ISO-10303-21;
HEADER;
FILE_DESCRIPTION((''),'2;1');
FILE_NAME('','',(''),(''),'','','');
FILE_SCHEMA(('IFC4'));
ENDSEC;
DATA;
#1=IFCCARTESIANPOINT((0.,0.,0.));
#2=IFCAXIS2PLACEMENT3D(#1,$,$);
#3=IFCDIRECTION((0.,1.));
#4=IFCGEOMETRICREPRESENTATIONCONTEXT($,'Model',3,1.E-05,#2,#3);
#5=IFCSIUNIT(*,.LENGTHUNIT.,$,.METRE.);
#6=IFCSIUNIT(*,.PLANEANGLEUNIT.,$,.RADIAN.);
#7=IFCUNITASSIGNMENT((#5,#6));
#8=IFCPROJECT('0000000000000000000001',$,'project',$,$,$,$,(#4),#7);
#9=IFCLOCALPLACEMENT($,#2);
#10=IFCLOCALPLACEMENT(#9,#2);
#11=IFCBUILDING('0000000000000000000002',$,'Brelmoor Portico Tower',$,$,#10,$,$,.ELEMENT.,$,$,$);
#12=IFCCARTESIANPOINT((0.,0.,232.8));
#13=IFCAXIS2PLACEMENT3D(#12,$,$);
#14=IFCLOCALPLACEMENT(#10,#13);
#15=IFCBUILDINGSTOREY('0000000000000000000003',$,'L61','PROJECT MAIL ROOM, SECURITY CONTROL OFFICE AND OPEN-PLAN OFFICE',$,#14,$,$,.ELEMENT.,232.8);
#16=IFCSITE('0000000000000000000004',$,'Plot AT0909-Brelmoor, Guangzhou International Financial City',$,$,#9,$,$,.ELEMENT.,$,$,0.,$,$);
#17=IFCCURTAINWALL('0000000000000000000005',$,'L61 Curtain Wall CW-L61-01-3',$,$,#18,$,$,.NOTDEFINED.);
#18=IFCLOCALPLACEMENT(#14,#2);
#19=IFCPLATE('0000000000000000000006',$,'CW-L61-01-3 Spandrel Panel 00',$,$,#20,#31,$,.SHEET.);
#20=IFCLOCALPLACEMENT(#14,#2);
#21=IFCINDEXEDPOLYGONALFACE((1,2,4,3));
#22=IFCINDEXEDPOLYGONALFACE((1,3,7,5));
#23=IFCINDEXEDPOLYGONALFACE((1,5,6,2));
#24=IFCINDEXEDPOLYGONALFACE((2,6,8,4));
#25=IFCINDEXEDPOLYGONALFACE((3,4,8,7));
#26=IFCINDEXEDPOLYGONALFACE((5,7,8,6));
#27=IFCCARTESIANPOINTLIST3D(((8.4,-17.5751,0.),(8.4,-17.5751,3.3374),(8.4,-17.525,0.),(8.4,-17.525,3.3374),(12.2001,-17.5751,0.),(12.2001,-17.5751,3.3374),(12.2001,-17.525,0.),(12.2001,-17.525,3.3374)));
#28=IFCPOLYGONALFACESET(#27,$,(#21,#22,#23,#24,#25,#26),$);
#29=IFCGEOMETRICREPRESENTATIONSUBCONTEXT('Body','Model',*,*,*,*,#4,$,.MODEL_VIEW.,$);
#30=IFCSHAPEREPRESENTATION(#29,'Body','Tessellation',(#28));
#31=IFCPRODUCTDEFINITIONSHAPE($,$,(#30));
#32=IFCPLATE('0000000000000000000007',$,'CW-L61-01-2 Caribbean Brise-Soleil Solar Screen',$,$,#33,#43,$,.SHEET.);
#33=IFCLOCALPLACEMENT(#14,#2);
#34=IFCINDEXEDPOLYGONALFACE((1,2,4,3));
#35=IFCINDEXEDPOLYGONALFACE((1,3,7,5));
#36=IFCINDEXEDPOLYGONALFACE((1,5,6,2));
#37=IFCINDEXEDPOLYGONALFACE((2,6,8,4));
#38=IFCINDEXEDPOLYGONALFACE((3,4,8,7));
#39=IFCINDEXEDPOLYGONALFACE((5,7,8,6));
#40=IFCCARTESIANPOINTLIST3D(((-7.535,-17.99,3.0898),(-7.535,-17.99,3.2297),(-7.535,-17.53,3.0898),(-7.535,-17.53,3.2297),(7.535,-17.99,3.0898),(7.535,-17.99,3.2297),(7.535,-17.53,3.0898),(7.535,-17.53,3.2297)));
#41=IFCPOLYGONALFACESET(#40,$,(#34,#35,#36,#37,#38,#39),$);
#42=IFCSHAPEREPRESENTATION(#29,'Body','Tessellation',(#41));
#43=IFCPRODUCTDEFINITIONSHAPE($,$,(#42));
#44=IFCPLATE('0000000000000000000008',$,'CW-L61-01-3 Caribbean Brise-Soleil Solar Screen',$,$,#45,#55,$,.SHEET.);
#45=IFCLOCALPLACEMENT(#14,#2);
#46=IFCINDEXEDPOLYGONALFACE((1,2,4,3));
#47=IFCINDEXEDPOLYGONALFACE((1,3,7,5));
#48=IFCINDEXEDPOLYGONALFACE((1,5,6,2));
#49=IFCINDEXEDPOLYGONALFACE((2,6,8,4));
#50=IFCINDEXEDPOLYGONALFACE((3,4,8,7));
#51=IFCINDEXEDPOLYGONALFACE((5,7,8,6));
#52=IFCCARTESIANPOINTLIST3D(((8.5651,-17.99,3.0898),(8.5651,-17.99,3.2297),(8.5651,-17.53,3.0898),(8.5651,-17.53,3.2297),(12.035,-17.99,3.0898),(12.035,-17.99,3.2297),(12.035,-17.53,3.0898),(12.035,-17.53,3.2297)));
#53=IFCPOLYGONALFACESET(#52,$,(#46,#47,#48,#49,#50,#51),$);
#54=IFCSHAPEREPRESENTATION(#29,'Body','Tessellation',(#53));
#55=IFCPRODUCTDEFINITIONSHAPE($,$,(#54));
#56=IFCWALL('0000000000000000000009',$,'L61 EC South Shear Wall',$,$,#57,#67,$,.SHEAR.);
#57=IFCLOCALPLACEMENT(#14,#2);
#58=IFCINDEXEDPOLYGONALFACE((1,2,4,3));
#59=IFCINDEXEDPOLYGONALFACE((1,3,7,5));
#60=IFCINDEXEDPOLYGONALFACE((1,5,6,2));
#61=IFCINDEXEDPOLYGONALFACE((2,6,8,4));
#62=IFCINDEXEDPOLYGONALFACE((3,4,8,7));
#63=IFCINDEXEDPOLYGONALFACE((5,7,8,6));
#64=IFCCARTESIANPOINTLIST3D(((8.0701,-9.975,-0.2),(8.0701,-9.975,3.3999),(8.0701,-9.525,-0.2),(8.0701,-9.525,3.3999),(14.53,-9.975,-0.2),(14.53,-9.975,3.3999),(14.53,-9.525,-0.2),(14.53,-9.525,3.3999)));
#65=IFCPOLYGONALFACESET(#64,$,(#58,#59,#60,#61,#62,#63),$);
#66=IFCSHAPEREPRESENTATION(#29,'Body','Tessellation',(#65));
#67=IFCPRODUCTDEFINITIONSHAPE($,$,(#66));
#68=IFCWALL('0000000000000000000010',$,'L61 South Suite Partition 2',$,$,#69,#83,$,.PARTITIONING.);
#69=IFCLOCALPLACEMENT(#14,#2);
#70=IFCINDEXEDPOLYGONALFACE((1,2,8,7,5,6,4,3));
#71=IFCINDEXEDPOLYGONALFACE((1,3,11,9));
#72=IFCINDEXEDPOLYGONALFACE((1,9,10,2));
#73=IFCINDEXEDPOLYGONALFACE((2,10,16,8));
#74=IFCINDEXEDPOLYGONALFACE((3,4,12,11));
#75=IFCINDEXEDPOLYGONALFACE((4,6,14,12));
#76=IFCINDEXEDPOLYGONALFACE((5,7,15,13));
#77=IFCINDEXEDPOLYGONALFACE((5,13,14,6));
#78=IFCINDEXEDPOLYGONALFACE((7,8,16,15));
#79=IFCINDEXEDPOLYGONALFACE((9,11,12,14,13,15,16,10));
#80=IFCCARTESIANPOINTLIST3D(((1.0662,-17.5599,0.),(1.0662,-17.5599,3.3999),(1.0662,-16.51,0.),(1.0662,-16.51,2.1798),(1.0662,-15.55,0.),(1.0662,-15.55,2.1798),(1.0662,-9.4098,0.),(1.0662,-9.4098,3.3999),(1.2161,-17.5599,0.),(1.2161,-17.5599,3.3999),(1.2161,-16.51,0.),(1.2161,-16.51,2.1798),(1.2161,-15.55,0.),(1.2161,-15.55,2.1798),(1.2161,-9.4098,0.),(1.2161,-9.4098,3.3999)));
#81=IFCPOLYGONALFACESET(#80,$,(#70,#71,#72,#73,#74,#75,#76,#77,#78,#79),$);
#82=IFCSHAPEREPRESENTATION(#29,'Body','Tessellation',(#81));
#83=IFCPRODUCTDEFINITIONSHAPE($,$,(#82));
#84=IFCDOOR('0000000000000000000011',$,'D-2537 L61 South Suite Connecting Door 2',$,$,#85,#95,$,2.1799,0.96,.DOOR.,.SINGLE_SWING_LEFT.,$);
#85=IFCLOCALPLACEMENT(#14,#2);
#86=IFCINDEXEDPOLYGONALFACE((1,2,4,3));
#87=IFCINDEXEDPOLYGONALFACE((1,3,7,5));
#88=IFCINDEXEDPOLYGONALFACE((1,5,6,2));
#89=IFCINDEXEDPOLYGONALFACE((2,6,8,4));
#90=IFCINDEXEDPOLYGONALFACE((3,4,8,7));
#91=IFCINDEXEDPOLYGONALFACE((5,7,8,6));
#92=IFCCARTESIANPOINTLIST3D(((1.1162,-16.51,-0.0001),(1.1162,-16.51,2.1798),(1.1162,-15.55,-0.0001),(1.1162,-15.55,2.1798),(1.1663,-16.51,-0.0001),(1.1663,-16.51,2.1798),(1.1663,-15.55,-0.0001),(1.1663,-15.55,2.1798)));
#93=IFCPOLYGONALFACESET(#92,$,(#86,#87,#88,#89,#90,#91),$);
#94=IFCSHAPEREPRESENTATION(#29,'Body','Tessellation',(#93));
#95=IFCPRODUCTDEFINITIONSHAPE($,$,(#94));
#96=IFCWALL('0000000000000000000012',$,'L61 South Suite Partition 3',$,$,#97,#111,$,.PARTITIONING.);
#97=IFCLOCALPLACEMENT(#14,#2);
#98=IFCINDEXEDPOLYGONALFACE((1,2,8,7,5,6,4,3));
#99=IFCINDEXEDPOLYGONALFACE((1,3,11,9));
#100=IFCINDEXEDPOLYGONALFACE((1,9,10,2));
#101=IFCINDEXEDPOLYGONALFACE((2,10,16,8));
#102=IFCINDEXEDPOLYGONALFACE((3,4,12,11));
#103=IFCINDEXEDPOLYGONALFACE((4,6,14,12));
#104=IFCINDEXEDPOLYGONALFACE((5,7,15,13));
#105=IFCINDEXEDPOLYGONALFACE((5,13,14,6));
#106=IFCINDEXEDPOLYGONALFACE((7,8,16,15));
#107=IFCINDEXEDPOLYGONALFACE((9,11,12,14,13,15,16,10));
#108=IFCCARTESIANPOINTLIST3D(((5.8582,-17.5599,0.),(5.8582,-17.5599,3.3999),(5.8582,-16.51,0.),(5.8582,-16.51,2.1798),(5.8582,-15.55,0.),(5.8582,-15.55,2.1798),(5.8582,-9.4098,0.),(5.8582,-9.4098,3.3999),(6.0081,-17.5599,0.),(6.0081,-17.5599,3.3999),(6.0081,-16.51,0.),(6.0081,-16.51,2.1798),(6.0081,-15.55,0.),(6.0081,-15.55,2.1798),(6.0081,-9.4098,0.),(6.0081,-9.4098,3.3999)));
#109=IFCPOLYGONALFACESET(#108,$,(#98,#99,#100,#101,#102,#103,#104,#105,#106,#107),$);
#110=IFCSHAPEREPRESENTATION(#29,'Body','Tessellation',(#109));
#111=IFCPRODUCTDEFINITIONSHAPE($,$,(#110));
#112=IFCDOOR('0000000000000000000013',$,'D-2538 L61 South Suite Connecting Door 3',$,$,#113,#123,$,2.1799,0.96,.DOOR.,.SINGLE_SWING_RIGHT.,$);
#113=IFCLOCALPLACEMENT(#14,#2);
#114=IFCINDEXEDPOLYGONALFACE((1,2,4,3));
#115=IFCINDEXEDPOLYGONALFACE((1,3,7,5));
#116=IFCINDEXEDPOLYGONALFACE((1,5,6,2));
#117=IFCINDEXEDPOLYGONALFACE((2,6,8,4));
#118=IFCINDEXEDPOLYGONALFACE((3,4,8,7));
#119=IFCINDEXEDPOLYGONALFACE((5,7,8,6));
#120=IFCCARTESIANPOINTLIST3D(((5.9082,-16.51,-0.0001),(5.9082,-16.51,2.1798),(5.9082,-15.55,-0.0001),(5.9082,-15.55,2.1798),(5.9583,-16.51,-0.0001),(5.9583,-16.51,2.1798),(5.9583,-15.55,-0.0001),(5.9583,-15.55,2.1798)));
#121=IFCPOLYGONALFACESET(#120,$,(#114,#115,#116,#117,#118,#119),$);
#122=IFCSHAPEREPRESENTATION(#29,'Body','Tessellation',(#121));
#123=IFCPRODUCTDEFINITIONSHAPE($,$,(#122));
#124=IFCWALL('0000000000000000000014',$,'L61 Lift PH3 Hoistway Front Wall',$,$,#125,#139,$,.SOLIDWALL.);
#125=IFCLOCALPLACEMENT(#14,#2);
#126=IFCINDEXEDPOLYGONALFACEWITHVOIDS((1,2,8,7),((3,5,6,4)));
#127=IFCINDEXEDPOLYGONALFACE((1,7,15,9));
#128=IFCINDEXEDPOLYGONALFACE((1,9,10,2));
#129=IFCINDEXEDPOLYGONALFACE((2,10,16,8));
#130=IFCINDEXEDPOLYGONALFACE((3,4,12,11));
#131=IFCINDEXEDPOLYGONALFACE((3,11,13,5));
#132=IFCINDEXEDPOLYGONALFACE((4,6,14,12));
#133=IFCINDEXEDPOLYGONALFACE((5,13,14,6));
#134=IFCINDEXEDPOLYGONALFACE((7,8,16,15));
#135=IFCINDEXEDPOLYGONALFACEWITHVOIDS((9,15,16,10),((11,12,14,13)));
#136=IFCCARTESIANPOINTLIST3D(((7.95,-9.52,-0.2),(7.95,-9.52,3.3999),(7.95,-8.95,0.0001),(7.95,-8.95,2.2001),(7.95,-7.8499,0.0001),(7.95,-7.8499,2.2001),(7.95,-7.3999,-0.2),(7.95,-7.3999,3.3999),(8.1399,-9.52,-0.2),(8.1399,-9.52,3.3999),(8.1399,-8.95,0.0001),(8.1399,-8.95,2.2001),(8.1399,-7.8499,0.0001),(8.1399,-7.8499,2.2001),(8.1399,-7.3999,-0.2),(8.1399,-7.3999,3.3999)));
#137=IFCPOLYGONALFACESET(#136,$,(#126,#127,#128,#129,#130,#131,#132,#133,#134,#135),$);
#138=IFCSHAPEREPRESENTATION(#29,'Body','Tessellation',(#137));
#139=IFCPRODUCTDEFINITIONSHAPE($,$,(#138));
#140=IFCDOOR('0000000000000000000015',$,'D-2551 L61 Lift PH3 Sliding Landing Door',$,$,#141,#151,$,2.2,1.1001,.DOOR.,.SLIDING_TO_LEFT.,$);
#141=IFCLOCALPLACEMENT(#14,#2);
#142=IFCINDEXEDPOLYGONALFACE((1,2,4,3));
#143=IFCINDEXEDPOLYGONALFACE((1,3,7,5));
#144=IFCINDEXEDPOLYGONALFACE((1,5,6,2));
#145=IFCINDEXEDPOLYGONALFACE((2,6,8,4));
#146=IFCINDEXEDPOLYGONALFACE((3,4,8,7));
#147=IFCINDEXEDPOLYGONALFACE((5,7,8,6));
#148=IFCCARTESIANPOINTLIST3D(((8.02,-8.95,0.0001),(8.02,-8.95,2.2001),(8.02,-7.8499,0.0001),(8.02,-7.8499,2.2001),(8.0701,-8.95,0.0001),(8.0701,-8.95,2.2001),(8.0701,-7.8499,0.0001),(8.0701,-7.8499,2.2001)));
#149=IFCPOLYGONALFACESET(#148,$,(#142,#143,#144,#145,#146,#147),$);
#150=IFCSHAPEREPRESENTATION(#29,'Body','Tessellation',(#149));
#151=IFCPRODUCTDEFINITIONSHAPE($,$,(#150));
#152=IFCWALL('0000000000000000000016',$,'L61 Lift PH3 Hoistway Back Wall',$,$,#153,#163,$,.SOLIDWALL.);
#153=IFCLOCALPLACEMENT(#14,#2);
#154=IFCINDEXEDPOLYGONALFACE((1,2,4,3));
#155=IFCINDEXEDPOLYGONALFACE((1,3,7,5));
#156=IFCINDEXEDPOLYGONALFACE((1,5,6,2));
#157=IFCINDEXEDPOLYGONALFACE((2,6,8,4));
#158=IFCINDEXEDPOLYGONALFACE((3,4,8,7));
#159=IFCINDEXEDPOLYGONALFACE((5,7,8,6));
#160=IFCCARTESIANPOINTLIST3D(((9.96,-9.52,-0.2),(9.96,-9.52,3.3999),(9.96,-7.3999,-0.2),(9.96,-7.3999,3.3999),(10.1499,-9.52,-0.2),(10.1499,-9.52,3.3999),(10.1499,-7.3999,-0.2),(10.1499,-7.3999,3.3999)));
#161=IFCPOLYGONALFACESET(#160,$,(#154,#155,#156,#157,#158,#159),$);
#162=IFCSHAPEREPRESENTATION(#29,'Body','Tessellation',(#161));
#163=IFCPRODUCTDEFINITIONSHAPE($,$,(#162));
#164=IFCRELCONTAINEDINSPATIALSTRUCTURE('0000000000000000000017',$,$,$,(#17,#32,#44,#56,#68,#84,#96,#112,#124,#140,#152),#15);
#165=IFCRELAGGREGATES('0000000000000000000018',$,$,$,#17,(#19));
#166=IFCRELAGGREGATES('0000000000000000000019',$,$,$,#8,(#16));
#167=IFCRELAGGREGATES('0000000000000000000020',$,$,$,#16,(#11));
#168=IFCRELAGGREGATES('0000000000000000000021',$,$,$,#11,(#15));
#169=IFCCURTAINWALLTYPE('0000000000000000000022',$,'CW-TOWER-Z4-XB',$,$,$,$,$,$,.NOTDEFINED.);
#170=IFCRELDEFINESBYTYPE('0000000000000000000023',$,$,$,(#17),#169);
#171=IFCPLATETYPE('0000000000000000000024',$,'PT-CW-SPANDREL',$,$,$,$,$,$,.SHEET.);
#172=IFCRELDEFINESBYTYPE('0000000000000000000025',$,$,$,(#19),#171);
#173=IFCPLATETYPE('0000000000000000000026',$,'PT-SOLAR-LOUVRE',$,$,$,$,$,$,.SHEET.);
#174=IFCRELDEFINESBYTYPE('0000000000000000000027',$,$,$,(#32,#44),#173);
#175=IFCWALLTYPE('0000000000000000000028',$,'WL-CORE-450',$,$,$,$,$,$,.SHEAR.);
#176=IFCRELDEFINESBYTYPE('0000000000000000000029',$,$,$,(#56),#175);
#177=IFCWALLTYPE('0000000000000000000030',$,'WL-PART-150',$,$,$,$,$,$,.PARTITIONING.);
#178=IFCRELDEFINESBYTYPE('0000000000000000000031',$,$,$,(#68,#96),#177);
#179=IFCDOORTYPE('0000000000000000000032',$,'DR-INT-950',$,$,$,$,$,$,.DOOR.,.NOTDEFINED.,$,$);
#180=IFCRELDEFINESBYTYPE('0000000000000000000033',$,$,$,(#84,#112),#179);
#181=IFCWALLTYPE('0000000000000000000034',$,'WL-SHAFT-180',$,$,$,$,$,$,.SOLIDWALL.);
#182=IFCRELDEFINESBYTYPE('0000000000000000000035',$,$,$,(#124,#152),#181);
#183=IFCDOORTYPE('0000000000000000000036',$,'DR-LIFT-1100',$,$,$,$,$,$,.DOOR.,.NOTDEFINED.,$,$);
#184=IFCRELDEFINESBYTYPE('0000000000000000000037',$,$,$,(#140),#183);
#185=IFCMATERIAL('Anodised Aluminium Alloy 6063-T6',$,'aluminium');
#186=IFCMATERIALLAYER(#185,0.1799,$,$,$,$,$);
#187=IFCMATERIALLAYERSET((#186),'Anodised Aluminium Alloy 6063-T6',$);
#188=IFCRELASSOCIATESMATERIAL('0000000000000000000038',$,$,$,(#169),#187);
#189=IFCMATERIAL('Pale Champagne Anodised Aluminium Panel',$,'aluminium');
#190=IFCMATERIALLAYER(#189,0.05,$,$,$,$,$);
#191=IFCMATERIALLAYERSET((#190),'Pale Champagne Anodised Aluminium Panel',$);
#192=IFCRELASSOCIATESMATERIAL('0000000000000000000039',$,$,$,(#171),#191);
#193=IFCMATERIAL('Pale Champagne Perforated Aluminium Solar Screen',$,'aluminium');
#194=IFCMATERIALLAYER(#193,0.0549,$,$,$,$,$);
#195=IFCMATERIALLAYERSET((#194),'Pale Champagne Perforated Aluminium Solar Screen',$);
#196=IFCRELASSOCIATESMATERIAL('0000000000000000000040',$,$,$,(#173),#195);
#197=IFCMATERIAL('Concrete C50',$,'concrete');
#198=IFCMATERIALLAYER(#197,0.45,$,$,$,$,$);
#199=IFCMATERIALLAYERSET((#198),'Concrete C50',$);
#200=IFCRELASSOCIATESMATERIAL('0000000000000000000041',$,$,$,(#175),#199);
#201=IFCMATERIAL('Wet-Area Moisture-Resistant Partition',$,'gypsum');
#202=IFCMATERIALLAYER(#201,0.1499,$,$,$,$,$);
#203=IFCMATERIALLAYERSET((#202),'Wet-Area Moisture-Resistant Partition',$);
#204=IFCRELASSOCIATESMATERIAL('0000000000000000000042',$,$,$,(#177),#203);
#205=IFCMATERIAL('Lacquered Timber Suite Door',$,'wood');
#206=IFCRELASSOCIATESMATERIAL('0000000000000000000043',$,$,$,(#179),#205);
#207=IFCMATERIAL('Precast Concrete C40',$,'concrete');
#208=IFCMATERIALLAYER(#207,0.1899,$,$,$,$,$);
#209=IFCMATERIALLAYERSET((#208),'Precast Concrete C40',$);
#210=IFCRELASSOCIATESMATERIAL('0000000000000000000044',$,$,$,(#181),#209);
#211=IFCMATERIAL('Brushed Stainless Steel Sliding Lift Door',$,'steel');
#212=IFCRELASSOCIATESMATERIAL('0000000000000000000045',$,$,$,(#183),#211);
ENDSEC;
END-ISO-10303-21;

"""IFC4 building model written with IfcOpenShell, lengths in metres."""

from ifc_helpers import new_model, si_unit, direction, frame, frame_2d, origin, origin_2d, place, context, subcontext, project, spatial, rectangle, extrude, material, layer, layer_set, type_object, element, fill, aggregate, save


model = new_model("IFC4")

# Units and contexts
model_context = context("Model", 3, precision=1e-05, world=origin(), true_north=direction((0.0, 1.0)))
body_context = subcontext(model_context, "Body", "Model", "MODEL_VIEW")
ifc_project = project(units=[si_unit("LENGTHUNIT", "METRE"), si_unit("PLANEANGLEUNIT", "RADIAN")], contexts=[model_context])

# Site, building, storey
site_placement = place(None, origin())
site = spatial("IfcSite", under=ifc_project, at=site_placement, Name="Plot AT0909-Brelmoor, Guangzhou International Financial City", CompositionType="ELEMENT", RefElevation=0.0)
building_placement = place(site_placement, origin())
building = spatial("IfcBuilding", under=site, at=building_placement, Name="Brelmoor Portico Tower", CompositionType="ELEMENT")
storey_placement = place(building_placement, frame((0.0, 0.0, 232.8)))
storey = spatial("IfcBuildingStorey", under=building, at=storey_placement, Name="L61", Description="PROJECT MAIL ROOM, SECURITY CONTROL OFFICE AND OPEN-PLAN OFFICE", CompositionType="ELEMENT", Elevation=232.8)

# Shared definitions
ifc_material_1 = material(Name="Anodised Aluminium Alloy 6063-T6", Category="aluminium")
ifc_layer_1 = layer(ifc_material_1, 0.1799)
ifc_layer_set_1 = layer_set([ifc_layer_1], Name="Anodised Aluminium Alloy 6063-T6")
curtain_wall_type = type_object("IfcCurtainWallType", Name="CW-TOWER-Z4-XB", PredefinedType="NOTDEFINED", material=ifc_layer_set_1)

# Curtain wall
curtain_wall_1_placement = place(storey_placement, origin())
curtain_wall_1 = element("IfcCurtainWall", 1, at=curtain_wall_1_placement, inside=storey, type_object=curtain_wall_type, Name="L61 Curtain Wall CW-L61-01-3", PredefinedType="NOTDEFINED")

# Plate
ifc_material_2 = material(Name="Pale Champagne Anodised Aluminium Panel", Category="aluminium")
ifc_layer_2 = layer(ifc_material_2, 0.05)
ifc_layer_set_2 = layer_set([ifc_layer_2], Name="Pale Champagne Anodised Aluminium Panel")
plate_type_1 = type_object("IfcPlateType", Name="PT-CW-SPANDREL", PredefinedType="SHEET", material=ifc_layer_set_2)
plate_1_placement = place(storey_placement, frame((10.3, -17.55, 0.0), z_axis=(0.0, 0.0, 1.0), x_axis=(1.0, 0.0, 0.0)))
plate_1 = element("IfcPlate", 2, at=plate_1_placement, type_object=plate_type_1, Name="CW-L61-01-3 Spandrel Panel 00", PredefinedType="SHEET", context=body_context, shape_type="SweptSolid", body=[
    extrude(rectangle(XDim=3.8, YDim=0.05, at=origin_2d()), origin(), (0.0, 0.0, 1.0), 3.3374),
])
aggregate(curtain_wall_1, [plate_1])

# Plates
ifc_material_3 = material(Name="Pale Champagne Perforated Aluminium Solar Screen", Category="aluminium")
ifc_layer_3 = layer(ifc_material_3, 0.0549)
ifc_layer_set_3 = layer_set([ifc_layer_3], Name="Pale Champagne Perforated Aluminium Solar Screen")
plate_type_2 = type_object("IfcPlateType", Name="PT-SOLAR-LOUVRE", PredefinedType="SHEET", material=ifc_layer_set_3)
plate_2_placement = place(storey_placement, frame((0.0, -17.76, 3.0898), z_axis=(0.0, 0.0, 1.0), x_axis=(1.0, 0.0, 0.0)))
element("IfcPlate", 3, at=plate_2_placement, inside=storey, type_object=plate_type_2, Name="CW-L61-01-2 Caribbean Brise-Soleil Solar Screen", PredefinedType="SHEET", context=body_context, shape_type="SweptSolid", body=[
    extrude(rectangle(XDim=15.0701, YDim=0.46, at=origin_2d()), origin(), (0.0, 0.0, 1.0), 0.1399),
])
plate_3_placement = place(storey_placement, frame((10.3, -17.76, 3.0898), z_axis=(0.0, 0.0, 1.0), x_axis=(1.0, 0.0, 0.0)))
element("IfcPlate", 4, at=plate_3_placement, inside=storey, type_object=plate_type_2, Name="CW-L61-01-3 Caribbean Brise-Soleil Solar Screen", PredefinedType="SHEET", context=body_context, shape_type="SweptSolid", body=[
    extrude(rectangle(XDim=3.47, YDim=0.46, at=origin_2d()), origin(), (0.0, 0.0, 1.0), 0.1399),
])

# Wall
ifc_material_4 = material(Name="Concrete C50", Category="concrete")
ifc_layer_4 = layer(ifc_material_4, 0.45)
ifc_layer_set_4 = layer_set([ifc_layer_4], Name="Concrete C50")
wall_type_1 = type_object("IfcWallType", Name="WL-CORE-450", PredefinedType="SHEAR", material=ifc_layer_set_4)
wall_1_placement = place(storey_placement, frame((8.0701, -9.75, -0.2), z_axis=(0.0, 0.0, 1.0), x_axis=(1.0, 0.0, 0.0)))
element("IfcWall", 5, at=wall_1_placement, inside=storey, type_object=wall_type_1, Name="L61 EC South Shear Wall", PredefinedType="SHEAR", context=body_context, shape_type="SweptSolid", body=[
    extrude(rectangle(XDim=6.46, YDim=0.45, at=frame_2d((3.23, 0.0))), origin(), (0.0, 0.0, 1.0), 3.5999),
])

# Walls, openings, doors
ifc_material_5 = material(Name="Wet-Area Moisture-Resistant Partition", Category="gypsum")
ifc_layer_5 = layer(ifc_material_5, 0.1499)
ifc_layer_set_5 = layer_set([ifc_layer_5], Name="Wet-Area Moisture-Resistant Partition")
wall_type_2 = type_object("IfcWallType", Name="WL-PART-150", PredefinedType="PARTITIONING", material=ifc_layer_set_5)
wall_2_placement = place(storey_placement, frame((1.1411, -17.5601, 0.0), z_axis=(0.0, 0.0, 1.0), x_axis=(0.0, 1.0, 0.0)))
wall_2 = element("IfcWall", 6, at=wall_2_placement, inside=storey, type_object=wall_type_2, Name="L61 South Suite Partition 2", PredefinedType="PARTITIONING", context=body_context, shape_type="SweptSolid", body=[
    extrude(rectangle(XDim=8.1501, YDim=0.1499, at=frame_2d((4.0752, 0.0))), origin(), (0.0, 0.0, 1.0), 3.3999),
])
opening_1_placement = place(wall_2_placement, frame((1.05, 0.0, 0.0)))
opening_1 = element("IfcOpeningElement", 7, at=opening_1_placement, cuts=wall_2, PredefinedType="OPENING", context=body_context, shape_type="SweptSolid", body=[
    extrude(rectangle(XDim=0.96, YDim=2.1799, at=frame_2d((0.48, 1.0898))), frame((0.0, 0.085, 0.0), z_axis=(0.0, -1.0, 0.0), x_axis=(1.0, 0.0, 0.0)), (0.0, 0.0, 1.0), 0.1699),
])
ifc_material_6 = material(Name="Lacquered Timber Suite Door", Category="wood")
door_type_1 = type_object("IfcDoorType", Name="DR-INT-950", OperationType="NOTDEFINED", PredefinedType="DOOR", material=ifc_material_6)
door_1_placement = place(opening_1_placement, origin())
door_1 = element("IfcDoor", 8, at=door_1_placement, inside=storey, type_object=door_type_1, Name="D-2537 L61 South Suite Connecting Door 2", OperationType="SINGLE_SWING_LEFT", OverallHeight=2.1799, OverallWidth=0.96, PredefinedType="DOOR", context=body_context, shape_type="SweptSolid", body=[
    extrude(rectangle(XDim=0.96, YDim=2.1799, at=frame_2d((0.48, 1.0898))), frame((0.0, 0.0249, 0.0), z_axis=(0.0, -1.0, 0.0), x_axis=(1.0, 0.0, 0.0)), (0.0, 0.0, 1.0), 0.05),
])
fill(opening_1, door_1)
wall_3_placement = place(storey_placement, frame((5.9331, -17.5601, 0.0), z_axis=(0.0, 0.0, 1.0), x_axis=(0.0, 1.0, 0.0)))
wall_3 = element("IfcWall", 9, at=wall_3_placement, inside=storey, type_object=wall_type_2, Name="L61 South Suite Partition 3", PredefinedType="PARTITIONING", context=body_context, shape_type="SweptSolid", body=[
    extrude(rectangle(XDim=8.1501, YDim=0.1499, at=frame_2d((4.0752, 0.0))), origin(), (0.0, 0.0, 1.0), 3.3999),
])
opening_2_placement = place(wall_3_placement, frame((1.05, 0.0, 0.0)))
opening_2 = element("IfcOpeningElement", 10, at=opening_2_placement, cuts=wall_3, PredefinedType="OPENING", context=body_context, shape_type="SweptSolid", body=[
    extrude(rectangle(XDim=0.96, YDim=2.1799, at=frame_2d((0.48, 1.0898))), frame((0.0, 0.085, 0.0), z_axis=(0.0, -1.0, 0.0), x_axis=(1.0, 0.0, 0.0)), (0.0, 0.0, 1.0), 0.1699),
])
door_2_placement = place(opening_2_placement, origin())
door_2 = element("IfcDoor", 11, at=door_2_placement, inside=storey, type_object=door_type_1, Name="D-2538 L61 South Suite Connecting Door 3", OperationType="SINGLE_SWING_RIGHT", OverallHeight=2.1799, OverallWidth=0.96, PredefinedType="DOOR", context=body_context, shape_type="SweptSolid", body=[
    extrude(rectangle(XDim=0.96, YDim=2.1799, at=frame_2d((0.48, 1.0898))), frame((0.0, 0.0249, 0.0), z_axis=(0.0, -1.0, 0.0), x_axis=(1.0, 0.0, 0.0)), (0.0, 0.0, 1.0), 0.05),
])
fill(opening_2, door_2)
ifc_material_7 = material(Name="Precast Concrete C40", Category="concrete")
ifc_layer_6 = layer(ifc_material_7, 0.1899)
ifc_layer_set_6 = layer_set([ifc_layer_6], Name="Precast Concrete C40")
wall_type_3 = type_object("IfcWallType", Name="WL-SHAFT-180", PredefinedType="SOLIDWALL", material=ifc_layer_set_6)
wall_4_placement = place(storey_placement, frame((8.0449, -9.52, -0.2), z_axis=(0.0, 0.0, 1.0), x_axis=(0.0, 1.0, 0.0)))
wall_4 = element("IfcWall", 12, at=wall_4_placement, inside=storey, type_object=wall_type_3, Name="L61 Lift PH3 Hoistway Front Wall", PredefinedType="SOLIDWALL", context=body_context, shape_type="SweptSolid", body=[
    extrude(rectangle(XDim=2.1201, YDim=0.1899, at=frame_2d((1.0601, 0.0))), origin(), (0.0, 0.0, 1.0), 3.5999),
])
opening_3_placement = place(wall_4_placement, frame((0.5701, 0.0, 0.2)))
opening_3 = element("IfcOpeningElement", 13, at=opening_3_placement, cuts=wall_4, PredefinedType="OPENING", context=body_context, shape_type="SweptSolid", body=[
    extrude(rectangle(XDim=1.1001, YDim=2.2, at=frame_2d((0.55, 1.1001))), frame((0.0, 0.105, 0.0), z_axis=(0.0, -1.0, 0.0), x_axis=(1.0, 0.0, 0.0)), (0.0, 0.0, 1.0), 0.21),
])
ifc_material_8 = material(Name="Brushed Stainless Steel Sliding Lift Door", Category="steel")
door_type_2 = type_object("IfcDoorType", Name="DR-LIFT-1100", OperationType="NOTDEFINED", PredefinedType="DOOR", material=ifc_material_8)
door_3_placement = place(opening_3_placement, origin())
door_3 = element("IfcDoor", 14, at=door_3_placement, inside=storey, type_object=door_type_2, Name="D-2551 L61 Lift PH3 Sliding Landing Door", OperationType="SLIDING_TO_LEFT", OverallHeight=2.2, OverallWidth=1.1001, PredefinedType="DOOR", context=body_context, shape_type="SweptSolid", body=[
    extrude(rectangle(XDim=1.1001, YDim=2.2, at=frame_2d((0.55, 1.1001))), frame((0.0, 0.0249, 0.0), z_axis=(0.0, -1.0, 0.0), x_axis=(1.0, 0.0, 0.0)), (0.0, 0.0, 1.0), 0.05),
])
fill(opening_3, door_3)

# Wall
wall_5_placement = place(storey_placement, frame((10.0549, -9.52, -0.2), z_axis=(0.0, 0.0, 1.0), x_axis=(0.0, 1.0, 0.0)))
element("IfcWall", 15, at=wall_5_placement, inside=storey, type_object=wall_type_3, Name="L61 Lift PH3 Hoistway Back Wall", PredefinedType="SOLIDWALL", context=body_context, shape_type="SweptSolid", body=[
    extrude(rectangle(XDim=2.1201, YDim=0.1899, at=frame_2d((1.0601, 0.0))), origin(), (0.0, 0.0, 1.0), 3.5999),
])

save(model, "model.ifc")
